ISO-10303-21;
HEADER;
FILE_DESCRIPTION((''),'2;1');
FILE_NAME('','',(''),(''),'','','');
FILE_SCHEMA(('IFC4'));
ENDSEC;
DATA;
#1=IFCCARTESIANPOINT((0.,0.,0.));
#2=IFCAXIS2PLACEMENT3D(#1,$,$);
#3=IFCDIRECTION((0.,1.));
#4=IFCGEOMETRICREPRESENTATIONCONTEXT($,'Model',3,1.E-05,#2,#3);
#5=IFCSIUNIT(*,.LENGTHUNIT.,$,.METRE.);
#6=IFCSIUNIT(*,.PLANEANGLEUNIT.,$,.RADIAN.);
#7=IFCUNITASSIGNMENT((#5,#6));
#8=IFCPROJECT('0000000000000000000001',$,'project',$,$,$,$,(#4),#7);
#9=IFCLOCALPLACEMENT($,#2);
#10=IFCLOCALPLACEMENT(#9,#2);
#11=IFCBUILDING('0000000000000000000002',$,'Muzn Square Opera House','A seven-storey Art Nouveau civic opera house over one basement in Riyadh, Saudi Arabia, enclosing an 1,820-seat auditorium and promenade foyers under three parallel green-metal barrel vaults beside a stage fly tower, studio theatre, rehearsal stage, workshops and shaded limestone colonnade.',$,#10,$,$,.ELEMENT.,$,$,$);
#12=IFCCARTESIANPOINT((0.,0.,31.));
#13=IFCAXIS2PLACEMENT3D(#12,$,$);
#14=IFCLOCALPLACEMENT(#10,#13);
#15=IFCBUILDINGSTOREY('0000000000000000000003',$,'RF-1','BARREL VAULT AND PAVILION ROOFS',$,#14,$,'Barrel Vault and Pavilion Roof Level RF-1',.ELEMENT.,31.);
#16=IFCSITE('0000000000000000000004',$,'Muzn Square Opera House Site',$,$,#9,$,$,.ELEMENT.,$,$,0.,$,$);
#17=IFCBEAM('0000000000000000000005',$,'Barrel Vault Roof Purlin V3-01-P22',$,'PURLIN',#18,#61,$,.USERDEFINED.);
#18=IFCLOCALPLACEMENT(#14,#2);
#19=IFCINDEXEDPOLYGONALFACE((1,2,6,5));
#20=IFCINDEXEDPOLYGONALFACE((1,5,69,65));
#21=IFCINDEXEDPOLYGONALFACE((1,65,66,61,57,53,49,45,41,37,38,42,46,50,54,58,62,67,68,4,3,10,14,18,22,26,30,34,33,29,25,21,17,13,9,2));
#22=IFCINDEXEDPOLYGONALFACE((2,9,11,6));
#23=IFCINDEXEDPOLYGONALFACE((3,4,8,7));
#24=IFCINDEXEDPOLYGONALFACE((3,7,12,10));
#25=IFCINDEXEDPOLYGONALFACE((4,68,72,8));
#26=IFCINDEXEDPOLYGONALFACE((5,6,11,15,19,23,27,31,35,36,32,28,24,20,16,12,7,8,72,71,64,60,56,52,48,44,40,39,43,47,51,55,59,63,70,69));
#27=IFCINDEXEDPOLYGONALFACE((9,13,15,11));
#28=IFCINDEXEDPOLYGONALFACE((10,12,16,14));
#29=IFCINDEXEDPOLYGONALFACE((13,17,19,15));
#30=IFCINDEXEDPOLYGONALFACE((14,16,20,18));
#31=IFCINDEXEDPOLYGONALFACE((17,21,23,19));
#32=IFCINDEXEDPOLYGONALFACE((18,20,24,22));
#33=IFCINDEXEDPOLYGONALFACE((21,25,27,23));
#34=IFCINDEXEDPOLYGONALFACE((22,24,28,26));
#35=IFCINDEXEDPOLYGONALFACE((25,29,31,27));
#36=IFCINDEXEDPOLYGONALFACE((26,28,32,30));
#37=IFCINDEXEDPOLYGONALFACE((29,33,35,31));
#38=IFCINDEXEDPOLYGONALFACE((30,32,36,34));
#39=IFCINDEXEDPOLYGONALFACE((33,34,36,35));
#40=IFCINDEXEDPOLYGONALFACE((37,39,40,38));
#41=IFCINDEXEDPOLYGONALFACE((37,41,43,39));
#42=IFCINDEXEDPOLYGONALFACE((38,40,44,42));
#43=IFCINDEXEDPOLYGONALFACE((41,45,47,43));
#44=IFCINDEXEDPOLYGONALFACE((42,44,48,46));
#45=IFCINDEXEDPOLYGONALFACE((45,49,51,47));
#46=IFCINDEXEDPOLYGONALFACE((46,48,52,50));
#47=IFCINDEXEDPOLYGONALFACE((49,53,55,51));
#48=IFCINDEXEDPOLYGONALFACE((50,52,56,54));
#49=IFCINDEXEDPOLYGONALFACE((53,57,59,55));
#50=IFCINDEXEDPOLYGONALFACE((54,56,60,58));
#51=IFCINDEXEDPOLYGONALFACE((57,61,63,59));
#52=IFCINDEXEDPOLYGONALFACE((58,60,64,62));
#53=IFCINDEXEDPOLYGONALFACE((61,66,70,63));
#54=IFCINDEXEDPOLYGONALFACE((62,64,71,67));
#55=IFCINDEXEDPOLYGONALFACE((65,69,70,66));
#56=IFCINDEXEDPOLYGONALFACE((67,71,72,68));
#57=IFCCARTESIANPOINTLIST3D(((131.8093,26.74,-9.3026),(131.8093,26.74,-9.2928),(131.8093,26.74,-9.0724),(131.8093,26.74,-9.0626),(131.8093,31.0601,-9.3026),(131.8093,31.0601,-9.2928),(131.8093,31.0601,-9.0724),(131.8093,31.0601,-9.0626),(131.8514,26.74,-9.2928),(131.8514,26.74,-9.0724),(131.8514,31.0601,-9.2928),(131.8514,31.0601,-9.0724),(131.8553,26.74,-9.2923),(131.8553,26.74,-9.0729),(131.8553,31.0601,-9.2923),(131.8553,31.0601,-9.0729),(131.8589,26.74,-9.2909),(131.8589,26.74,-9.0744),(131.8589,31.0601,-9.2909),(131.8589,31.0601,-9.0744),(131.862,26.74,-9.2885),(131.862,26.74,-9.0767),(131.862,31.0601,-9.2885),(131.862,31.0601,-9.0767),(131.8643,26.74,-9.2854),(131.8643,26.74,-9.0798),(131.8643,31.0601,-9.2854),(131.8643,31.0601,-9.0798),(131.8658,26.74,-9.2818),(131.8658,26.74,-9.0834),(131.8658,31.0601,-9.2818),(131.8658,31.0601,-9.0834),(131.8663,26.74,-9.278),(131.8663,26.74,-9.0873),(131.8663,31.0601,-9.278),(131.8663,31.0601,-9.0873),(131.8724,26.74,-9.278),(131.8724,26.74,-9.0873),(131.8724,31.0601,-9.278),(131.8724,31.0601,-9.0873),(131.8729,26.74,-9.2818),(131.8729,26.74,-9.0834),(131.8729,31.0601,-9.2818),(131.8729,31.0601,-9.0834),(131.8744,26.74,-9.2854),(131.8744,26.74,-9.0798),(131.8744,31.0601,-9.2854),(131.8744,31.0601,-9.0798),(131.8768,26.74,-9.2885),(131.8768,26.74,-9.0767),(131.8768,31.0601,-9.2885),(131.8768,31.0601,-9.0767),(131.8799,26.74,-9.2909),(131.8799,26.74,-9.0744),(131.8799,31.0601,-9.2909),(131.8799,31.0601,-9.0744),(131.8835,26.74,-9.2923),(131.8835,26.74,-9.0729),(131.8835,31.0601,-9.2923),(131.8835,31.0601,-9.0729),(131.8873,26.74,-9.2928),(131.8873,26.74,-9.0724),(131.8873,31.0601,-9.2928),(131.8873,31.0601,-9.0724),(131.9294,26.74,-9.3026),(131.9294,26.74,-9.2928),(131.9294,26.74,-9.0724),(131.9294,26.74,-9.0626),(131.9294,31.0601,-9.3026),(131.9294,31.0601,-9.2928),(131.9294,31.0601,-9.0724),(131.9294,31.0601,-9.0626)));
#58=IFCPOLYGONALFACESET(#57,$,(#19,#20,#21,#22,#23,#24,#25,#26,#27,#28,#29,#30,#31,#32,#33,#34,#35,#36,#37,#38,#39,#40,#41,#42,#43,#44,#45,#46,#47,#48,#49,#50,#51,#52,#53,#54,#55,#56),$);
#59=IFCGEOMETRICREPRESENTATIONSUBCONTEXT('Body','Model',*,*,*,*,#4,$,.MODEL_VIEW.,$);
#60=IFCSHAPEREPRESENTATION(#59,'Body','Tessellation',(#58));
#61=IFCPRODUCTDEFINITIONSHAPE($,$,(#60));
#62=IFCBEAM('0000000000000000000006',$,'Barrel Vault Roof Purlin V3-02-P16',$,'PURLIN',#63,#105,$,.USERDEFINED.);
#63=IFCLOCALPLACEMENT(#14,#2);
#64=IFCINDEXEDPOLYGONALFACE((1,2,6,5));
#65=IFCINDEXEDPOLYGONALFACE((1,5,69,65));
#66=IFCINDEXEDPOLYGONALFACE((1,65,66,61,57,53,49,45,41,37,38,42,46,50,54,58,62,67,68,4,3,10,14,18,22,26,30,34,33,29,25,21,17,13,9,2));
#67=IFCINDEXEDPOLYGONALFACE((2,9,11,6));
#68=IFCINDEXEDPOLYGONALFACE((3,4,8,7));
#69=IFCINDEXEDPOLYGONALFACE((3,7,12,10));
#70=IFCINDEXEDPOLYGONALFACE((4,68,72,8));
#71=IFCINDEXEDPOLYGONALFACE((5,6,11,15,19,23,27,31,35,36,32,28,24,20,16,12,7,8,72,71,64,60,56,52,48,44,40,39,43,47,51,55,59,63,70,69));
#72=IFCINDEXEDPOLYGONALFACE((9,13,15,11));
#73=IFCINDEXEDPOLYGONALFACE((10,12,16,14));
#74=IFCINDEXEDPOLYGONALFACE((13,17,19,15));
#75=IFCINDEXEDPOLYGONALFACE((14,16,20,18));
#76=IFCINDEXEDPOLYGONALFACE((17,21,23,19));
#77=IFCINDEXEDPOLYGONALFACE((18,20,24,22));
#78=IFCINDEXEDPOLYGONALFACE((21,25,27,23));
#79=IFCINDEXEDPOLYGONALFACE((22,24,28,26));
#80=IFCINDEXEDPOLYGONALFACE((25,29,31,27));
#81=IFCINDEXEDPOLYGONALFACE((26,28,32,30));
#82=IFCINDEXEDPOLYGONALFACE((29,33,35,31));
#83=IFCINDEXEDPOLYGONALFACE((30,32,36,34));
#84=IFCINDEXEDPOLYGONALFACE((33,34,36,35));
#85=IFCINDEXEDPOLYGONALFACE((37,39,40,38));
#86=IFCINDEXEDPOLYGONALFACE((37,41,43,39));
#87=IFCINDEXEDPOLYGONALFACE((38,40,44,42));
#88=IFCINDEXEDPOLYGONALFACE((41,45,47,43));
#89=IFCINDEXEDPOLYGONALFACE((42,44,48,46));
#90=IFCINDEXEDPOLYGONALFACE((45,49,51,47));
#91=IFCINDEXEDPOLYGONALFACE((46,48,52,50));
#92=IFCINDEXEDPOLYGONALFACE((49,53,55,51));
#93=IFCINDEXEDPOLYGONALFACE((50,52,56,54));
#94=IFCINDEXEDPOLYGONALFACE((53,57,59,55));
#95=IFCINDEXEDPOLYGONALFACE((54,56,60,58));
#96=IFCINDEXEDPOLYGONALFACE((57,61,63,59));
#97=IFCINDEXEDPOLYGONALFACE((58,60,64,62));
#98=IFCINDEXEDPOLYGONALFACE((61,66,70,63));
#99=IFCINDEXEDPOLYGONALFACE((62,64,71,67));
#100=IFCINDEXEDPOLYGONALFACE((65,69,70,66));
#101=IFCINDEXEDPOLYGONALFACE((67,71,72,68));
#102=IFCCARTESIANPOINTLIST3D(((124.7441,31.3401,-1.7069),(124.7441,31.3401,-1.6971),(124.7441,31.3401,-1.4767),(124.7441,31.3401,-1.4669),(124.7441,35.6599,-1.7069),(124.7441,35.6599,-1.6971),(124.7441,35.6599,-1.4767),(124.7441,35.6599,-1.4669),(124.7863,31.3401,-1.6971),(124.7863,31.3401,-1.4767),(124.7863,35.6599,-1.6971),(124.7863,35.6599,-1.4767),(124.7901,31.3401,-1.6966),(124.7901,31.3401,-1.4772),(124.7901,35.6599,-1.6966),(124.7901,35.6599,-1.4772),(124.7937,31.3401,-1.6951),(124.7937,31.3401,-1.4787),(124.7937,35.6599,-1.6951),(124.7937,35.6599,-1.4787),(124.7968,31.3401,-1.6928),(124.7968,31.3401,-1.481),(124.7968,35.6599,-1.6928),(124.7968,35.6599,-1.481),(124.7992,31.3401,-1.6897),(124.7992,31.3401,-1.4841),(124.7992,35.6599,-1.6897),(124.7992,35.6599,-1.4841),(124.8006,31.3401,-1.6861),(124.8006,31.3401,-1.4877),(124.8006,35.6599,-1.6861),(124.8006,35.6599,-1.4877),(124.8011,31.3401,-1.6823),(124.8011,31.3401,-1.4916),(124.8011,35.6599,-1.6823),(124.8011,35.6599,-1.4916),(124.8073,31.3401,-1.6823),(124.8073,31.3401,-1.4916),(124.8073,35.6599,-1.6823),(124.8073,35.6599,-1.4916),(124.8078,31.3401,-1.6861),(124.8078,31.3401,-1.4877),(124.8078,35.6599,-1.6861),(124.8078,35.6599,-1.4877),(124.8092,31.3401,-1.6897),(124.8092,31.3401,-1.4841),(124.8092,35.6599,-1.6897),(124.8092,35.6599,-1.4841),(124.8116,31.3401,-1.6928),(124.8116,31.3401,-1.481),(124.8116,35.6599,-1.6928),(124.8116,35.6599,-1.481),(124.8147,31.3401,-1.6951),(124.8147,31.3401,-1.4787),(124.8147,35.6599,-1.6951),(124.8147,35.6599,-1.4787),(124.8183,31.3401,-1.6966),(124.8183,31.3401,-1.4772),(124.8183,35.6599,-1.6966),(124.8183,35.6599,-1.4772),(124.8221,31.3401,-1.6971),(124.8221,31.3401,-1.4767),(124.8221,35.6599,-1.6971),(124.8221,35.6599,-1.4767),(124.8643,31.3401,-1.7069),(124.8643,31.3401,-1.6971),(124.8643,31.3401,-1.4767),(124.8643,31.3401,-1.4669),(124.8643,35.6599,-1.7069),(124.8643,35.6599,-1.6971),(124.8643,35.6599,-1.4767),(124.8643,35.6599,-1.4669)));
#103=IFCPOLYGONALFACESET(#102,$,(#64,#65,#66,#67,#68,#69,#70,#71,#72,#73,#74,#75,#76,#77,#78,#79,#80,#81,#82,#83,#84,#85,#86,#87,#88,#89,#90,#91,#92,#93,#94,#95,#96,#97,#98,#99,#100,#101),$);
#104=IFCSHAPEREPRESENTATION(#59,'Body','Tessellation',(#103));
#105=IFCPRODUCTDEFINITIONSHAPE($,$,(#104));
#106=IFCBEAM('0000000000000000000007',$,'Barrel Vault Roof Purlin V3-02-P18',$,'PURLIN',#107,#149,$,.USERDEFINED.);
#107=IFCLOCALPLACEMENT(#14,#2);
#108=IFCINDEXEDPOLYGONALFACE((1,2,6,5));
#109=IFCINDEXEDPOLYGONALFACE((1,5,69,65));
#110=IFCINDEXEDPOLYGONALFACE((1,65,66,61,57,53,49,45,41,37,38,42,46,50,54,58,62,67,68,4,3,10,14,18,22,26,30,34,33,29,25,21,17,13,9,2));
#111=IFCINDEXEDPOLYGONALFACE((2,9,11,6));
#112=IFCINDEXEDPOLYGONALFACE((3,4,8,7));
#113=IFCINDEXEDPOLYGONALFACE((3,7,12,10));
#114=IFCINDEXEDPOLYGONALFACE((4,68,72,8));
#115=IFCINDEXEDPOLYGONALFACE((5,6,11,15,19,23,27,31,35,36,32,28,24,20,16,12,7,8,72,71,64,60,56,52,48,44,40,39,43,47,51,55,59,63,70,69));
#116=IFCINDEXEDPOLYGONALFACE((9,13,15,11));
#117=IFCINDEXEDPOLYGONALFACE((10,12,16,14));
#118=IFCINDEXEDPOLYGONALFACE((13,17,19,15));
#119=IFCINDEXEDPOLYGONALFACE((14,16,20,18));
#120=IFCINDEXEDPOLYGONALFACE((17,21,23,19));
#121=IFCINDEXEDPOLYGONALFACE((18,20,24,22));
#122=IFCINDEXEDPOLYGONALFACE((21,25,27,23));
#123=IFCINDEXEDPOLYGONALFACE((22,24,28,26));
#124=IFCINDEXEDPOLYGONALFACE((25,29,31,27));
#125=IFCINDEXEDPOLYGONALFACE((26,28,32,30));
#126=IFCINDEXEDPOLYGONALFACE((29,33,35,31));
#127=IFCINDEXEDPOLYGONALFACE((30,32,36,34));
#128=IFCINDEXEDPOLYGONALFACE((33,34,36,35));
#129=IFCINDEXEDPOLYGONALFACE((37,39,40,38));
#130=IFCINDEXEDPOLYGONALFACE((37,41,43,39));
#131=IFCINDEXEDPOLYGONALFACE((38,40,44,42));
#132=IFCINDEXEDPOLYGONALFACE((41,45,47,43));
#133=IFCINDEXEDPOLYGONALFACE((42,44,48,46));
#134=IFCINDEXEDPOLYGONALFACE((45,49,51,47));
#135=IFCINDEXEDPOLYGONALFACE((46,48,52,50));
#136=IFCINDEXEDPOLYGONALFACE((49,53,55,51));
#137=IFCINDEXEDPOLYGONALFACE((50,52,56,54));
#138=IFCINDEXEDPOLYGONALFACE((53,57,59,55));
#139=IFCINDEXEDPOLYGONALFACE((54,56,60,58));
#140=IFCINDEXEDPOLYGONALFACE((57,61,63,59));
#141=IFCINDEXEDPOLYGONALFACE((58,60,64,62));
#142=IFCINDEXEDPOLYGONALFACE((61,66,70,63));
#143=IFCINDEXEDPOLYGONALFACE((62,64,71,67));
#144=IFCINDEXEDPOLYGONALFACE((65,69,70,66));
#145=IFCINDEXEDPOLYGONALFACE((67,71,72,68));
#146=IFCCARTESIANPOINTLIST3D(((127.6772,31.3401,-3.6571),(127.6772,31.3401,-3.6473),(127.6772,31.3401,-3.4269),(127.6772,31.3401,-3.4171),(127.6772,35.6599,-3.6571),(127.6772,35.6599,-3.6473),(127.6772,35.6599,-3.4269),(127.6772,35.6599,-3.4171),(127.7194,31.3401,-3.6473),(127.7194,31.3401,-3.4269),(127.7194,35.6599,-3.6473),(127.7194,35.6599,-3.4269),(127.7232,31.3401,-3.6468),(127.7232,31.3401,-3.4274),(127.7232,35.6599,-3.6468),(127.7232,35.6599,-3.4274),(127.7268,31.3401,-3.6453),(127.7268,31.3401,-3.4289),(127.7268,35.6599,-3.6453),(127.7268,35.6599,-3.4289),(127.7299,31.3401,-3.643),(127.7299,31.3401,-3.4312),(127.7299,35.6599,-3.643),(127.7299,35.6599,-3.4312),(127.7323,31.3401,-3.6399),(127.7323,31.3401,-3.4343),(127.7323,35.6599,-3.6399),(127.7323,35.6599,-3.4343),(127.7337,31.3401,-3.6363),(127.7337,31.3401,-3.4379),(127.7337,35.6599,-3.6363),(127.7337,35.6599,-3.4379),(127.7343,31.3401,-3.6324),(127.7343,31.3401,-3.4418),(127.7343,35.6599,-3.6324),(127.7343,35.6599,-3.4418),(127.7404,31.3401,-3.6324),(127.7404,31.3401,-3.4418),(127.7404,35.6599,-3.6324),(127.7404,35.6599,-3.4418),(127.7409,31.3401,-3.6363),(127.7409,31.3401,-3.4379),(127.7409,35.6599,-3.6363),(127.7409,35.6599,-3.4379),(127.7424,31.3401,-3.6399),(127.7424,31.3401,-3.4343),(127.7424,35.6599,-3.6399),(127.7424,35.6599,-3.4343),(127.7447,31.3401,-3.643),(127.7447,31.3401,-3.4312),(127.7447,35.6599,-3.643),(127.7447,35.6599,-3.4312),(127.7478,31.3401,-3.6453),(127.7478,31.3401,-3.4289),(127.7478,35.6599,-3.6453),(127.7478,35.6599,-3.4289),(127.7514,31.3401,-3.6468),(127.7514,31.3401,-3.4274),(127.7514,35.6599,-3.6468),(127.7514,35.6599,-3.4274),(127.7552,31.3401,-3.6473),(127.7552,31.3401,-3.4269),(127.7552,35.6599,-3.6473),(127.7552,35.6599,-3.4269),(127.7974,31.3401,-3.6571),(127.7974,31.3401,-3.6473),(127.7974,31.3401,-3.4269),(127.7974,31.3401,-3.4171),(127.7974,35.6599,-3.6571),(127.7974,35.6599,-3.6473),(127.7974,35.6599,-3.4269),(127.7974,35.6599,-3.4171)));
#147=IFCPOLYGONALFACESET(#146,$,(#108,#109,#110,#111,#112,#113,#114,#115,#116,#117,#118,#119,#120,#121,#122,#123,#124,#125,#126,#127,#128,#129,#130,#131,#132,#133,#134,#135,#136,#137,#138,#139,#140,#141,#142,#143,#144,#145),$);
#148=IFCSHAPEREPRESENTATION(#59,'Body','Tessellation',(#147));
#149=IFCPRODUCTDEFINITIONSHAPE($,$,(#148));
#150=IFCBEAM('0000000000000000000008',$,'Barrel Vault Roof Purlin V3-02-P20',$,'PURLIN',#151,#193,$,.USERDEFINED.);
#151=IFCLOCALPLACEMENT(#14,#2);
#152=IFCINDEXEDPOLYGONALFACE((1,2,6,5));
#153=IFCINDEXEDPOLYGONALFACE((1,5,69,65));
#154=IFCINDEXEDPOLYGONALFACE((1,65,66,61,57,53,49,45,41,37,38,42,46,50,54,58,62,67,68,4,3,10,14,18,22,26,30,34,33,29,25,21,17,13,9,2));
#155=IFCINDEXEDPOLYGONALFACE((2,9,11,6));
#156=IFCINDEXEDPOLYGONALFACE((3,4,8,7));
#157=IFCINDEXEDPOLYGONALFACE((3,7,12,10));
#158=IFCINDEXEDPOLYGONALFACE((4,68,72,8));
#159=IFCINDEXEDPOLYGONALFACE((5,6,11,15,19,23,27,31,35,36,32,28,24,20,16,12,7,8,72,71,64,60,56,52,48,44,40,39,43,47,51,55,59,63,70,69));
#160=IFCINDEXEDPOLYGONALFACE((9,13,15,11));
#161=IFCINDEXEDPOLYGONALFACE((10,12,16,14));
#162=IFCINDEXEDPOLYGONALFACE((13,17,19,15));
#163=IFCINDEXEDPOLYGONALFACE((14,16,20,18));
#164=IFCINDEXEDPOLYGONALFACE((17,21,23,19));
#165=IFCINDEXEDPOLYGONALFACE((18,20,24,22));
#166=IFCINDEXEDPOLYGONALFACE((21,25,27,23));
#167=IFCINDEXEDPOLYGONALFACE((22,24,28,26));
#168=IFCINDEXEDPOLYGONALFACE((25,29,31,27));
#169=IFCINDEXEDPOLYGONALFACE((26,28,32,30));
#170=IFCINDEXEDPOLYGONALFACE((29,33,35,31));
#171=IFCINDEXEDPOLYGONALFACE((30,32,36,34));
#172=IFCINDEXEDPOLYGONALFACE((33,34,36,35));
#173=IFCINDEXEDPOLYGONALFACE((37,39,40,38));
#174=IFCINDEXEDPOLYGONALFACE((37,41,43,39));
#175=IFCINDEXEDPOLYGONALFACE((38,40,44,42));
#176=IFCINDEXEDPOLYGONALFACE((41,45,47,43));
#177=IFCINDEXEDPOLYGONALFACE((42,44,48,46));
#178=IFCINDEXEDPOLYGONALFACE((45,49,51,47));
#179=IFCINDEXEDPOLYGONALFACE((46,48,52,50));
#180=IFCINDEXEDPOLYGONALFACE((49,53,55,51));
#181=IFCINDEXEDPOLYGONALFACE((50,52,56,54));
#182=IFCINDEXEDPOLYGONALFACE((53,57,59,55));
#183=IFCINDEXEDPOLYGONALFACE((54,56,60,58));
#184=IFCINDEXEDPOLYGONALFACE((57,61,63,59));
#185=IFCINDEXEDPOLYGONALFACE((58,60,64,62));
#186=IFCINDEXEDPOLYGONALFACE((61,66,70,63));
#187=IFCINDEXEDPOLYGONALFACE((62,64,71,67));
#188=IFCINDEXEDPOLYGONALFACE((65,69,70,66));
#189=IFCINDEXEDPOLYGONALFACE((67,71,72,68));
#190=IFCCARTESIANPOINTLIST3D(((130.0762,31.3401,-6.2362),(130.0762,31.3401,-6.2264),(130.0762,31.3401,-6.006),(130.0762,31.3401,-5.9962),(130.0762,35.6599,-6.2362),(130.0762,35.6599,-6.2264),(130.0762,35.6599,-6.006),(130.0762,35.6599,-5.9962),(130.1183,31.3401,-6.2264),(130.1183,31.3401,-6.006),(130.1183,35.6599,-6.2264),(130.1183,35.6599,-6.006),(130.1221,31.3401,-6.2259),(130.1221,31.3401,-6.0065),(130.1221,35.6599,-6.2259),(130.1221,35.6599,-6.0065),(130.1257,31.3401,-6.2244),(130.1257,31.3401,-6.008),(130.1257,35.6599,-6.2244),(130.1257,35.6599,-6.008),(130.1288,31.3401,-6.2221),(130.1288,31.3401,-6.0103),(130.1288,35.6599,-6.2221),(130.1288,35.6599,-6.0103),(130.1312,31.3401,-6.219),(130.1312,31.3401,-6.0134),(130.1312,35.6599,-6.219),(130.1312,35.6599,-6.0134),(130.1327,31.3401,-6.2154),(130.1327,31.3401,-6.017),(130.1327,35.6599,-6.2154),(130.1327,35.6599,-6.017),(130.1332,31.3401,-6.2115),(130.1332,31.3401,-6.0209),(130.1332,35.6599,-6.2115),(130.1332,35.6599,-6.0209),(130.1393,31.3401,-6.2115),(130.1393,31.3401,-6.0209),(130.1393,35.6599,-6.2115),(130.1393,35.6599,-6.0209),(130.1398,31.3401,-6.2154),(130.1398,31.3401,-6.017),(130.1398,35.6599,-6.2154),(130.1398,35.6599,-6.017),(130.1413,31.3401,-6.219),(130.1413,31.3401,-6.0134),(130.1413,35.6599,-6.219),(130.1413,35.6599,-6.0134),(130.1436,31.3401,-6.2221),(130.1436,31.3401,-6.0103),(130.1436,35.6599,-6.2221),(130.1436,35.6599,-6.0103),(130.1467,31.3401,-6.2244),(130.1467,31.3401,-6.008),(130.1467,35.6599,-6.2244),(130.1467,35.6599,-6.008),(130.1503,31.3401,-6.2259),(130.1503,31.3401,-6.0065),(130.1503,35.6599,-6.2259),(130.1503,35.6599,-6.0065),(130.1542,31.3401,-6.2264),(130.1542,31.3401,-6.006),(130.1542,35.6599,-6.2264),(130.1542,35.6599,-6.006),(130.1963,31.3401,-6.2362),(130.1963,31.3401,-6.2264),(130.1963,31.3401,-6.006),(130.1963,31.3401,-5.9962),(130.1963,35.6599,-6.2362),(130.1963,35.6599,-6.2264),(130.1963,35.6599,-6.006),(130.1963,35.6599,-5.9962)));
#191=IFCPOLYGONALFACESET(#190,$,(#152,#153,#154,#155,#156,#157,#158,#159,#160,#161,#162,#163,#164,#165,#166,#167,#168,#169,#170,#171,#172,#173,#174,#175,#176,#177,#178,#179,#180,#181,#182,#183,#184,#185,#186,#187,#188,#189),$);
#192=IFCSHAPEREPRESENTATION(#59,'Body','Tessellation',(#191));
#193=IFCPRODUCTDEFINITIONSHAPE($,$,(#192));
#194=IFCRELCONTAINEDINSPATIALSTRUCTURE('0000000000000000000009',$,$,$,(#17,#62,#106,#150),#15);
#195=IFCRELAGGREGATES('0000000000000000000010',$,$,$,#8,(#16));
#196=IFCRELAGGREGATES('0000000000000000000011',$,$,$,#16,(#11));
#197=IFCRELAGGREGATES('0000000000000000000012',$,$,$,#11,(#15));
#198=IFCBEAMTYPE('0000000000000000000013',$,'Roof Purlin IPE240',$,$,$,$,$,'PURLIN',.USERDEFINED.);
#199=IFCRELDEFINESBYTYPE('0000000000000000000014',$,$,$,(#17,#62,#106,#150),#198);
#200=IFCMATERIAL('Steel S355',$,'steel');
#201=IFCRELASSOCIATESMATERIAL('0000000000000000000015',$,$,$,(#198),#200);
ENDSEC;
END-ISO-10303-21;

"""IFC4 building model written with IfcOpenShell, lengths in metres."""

from ifc_helpers import new_model, si_unit, direction, frame, origin, origin_2d, place, context, subcontext, project, spatial, i_section, extrude, material, material_profile, profile_set, type_object, element, save


model = new_model("IFC4")

# Units and contexts
model_context = context("Model", 3, precision=1e-05, world=origin(), true_north=direction((0.0, 1.0)))
body_context = subcontext(model_context, "Body", "Model", "MODEL_VIEW")
ifc_project = project(units=[si_unit("LENGTHUNIT", "METRE"), si_unit("PLANEANGLEUNIT", "RADIAN")], contexts=[model_context])

# Site, building, storey
site_placement = place(None, origin())
site = spatial("IfcSite", under=ifc_project, at=site_placement, Name="Muzn Square Opera House Site", CompositionType="ELEMENT", RefElevation=0.0)
building_placement = place(site_placement, origin())
building = spatial("IfcBuilding", under=site, at=building_placement, Name="Muzn Square Opera House", Description="A seven-storey Art Nouveau civic opera house over one basement in Riyadh, Saudi Arabia, enclosing an 1,820-seat auditorium and promenade foyers under three parallel green-metal barrel vaults beside a stage fly tower, studio theatre, rehearsal stage, workshops and shaded limestone colonnade.", CompositionType="ELEMENT")
storey_placement = place(building_placement, frame((0.0, 0.0, 31.0)))
storey = spatial("IfcBuildingStorey", under=building, at=storey_placement, Name="RF-1", Description="BARREL VAULT AND PAVILION ROOFS", LongName="Barrel Vault and Pavilion Roof Level RF-1", CompositionType="ELEMENT", Elevation=31.0)

# Beams
ifc_material_1 = material(Name="Steel S355", Category="steel")
ifc_material_profile_1 = material_profile(ifc_material_1, i_section(OverallWidth=0.1201, OverallDepth=0.24, WebThickness=0.0061, FlangeThickness=0.0098, FilletRadius=0.0149, at=origin_2d()), Name="IPE 240", Category="steel")
ifc_profile_set_1 = profile_set([ifc_material_profile_1], Name="Steel S355")
beam_type_1 = type_object("IfcBeamType", Name="Roof Purlin IPE240", ElementType="PURLIN", PredefinedType="USERDEFINED", material=ifc_profile_set_1)
for number, where, z_axis, x_axis, name in (
    (1, (131.8694, 26.74, -9.1826), (0.0, 1.0, 0.0), (-1.0, 0.0, 0.0), "Barrel Vault Roof Purlin V3-01-P22"),
):
    element("IfcBeam", number, at=place(storey_placement, frame(where, z_axis=z_axis, x_axis=x_axis)), inside=storey, type_object=beam_type_1, Name=name, ObjectType="PURLIN", PredefinedType="USERDEFINED", context=body_context, shape_type="SweptSolid", body=[
        extrude(i_section(OverallWidth=0.1201, OverallDepth=0.24, WebThickness=0.0061, FlangeThickness=0.0098, FilletRadius=0.0149, at=origin_2d()), origin(), (0.0, 0.0, 1.0), 4.3201),
    ])
for number, where, z_axis, x_axis, name in (
    (2, (124.8042, 31.3401, -1.5869), (0.0, 1.0, 0.0), (-1.0, 0.0, 0.0), "Barrel Vault Roof Purlin V3-02-P16"),
    (3, (127.7373, 31.3401, -3.5371), (0.0, 1.0, 0.0), (-1.0, 0.0, 0.0), "Barrel Vault Roof Purlin V3-02-P18"),
    (4, (130.1362, 31.3401, -6.1162), (0.0, 1.0, 0.0), (-1.0, 0.0, 0.0), "Barrel Vault Roof Purlin V3-02-P20"),
):
    element("IfcBeam", number, at=place(storey_placement, frame(where, z_axis=z_axis, x_axis=x_axis)), inside=storey, type_object=beam_type_1, Name=name, ObjectType="PURLIN", PredefinedType="USERDEFINED", context=body_context, shape_type="SweptSolid", body=[
        extrude(i_section(OverallWidth=0.1201, OverallDepth=0.24, WebThickness=0.0061, FlangeThickness=0.0098, FilletRadius=0.0149, at=origin_2d()), origin(), (0.0, 0.0, 1.0), 4.3198),
    ])

save(model, "model.ifc")
